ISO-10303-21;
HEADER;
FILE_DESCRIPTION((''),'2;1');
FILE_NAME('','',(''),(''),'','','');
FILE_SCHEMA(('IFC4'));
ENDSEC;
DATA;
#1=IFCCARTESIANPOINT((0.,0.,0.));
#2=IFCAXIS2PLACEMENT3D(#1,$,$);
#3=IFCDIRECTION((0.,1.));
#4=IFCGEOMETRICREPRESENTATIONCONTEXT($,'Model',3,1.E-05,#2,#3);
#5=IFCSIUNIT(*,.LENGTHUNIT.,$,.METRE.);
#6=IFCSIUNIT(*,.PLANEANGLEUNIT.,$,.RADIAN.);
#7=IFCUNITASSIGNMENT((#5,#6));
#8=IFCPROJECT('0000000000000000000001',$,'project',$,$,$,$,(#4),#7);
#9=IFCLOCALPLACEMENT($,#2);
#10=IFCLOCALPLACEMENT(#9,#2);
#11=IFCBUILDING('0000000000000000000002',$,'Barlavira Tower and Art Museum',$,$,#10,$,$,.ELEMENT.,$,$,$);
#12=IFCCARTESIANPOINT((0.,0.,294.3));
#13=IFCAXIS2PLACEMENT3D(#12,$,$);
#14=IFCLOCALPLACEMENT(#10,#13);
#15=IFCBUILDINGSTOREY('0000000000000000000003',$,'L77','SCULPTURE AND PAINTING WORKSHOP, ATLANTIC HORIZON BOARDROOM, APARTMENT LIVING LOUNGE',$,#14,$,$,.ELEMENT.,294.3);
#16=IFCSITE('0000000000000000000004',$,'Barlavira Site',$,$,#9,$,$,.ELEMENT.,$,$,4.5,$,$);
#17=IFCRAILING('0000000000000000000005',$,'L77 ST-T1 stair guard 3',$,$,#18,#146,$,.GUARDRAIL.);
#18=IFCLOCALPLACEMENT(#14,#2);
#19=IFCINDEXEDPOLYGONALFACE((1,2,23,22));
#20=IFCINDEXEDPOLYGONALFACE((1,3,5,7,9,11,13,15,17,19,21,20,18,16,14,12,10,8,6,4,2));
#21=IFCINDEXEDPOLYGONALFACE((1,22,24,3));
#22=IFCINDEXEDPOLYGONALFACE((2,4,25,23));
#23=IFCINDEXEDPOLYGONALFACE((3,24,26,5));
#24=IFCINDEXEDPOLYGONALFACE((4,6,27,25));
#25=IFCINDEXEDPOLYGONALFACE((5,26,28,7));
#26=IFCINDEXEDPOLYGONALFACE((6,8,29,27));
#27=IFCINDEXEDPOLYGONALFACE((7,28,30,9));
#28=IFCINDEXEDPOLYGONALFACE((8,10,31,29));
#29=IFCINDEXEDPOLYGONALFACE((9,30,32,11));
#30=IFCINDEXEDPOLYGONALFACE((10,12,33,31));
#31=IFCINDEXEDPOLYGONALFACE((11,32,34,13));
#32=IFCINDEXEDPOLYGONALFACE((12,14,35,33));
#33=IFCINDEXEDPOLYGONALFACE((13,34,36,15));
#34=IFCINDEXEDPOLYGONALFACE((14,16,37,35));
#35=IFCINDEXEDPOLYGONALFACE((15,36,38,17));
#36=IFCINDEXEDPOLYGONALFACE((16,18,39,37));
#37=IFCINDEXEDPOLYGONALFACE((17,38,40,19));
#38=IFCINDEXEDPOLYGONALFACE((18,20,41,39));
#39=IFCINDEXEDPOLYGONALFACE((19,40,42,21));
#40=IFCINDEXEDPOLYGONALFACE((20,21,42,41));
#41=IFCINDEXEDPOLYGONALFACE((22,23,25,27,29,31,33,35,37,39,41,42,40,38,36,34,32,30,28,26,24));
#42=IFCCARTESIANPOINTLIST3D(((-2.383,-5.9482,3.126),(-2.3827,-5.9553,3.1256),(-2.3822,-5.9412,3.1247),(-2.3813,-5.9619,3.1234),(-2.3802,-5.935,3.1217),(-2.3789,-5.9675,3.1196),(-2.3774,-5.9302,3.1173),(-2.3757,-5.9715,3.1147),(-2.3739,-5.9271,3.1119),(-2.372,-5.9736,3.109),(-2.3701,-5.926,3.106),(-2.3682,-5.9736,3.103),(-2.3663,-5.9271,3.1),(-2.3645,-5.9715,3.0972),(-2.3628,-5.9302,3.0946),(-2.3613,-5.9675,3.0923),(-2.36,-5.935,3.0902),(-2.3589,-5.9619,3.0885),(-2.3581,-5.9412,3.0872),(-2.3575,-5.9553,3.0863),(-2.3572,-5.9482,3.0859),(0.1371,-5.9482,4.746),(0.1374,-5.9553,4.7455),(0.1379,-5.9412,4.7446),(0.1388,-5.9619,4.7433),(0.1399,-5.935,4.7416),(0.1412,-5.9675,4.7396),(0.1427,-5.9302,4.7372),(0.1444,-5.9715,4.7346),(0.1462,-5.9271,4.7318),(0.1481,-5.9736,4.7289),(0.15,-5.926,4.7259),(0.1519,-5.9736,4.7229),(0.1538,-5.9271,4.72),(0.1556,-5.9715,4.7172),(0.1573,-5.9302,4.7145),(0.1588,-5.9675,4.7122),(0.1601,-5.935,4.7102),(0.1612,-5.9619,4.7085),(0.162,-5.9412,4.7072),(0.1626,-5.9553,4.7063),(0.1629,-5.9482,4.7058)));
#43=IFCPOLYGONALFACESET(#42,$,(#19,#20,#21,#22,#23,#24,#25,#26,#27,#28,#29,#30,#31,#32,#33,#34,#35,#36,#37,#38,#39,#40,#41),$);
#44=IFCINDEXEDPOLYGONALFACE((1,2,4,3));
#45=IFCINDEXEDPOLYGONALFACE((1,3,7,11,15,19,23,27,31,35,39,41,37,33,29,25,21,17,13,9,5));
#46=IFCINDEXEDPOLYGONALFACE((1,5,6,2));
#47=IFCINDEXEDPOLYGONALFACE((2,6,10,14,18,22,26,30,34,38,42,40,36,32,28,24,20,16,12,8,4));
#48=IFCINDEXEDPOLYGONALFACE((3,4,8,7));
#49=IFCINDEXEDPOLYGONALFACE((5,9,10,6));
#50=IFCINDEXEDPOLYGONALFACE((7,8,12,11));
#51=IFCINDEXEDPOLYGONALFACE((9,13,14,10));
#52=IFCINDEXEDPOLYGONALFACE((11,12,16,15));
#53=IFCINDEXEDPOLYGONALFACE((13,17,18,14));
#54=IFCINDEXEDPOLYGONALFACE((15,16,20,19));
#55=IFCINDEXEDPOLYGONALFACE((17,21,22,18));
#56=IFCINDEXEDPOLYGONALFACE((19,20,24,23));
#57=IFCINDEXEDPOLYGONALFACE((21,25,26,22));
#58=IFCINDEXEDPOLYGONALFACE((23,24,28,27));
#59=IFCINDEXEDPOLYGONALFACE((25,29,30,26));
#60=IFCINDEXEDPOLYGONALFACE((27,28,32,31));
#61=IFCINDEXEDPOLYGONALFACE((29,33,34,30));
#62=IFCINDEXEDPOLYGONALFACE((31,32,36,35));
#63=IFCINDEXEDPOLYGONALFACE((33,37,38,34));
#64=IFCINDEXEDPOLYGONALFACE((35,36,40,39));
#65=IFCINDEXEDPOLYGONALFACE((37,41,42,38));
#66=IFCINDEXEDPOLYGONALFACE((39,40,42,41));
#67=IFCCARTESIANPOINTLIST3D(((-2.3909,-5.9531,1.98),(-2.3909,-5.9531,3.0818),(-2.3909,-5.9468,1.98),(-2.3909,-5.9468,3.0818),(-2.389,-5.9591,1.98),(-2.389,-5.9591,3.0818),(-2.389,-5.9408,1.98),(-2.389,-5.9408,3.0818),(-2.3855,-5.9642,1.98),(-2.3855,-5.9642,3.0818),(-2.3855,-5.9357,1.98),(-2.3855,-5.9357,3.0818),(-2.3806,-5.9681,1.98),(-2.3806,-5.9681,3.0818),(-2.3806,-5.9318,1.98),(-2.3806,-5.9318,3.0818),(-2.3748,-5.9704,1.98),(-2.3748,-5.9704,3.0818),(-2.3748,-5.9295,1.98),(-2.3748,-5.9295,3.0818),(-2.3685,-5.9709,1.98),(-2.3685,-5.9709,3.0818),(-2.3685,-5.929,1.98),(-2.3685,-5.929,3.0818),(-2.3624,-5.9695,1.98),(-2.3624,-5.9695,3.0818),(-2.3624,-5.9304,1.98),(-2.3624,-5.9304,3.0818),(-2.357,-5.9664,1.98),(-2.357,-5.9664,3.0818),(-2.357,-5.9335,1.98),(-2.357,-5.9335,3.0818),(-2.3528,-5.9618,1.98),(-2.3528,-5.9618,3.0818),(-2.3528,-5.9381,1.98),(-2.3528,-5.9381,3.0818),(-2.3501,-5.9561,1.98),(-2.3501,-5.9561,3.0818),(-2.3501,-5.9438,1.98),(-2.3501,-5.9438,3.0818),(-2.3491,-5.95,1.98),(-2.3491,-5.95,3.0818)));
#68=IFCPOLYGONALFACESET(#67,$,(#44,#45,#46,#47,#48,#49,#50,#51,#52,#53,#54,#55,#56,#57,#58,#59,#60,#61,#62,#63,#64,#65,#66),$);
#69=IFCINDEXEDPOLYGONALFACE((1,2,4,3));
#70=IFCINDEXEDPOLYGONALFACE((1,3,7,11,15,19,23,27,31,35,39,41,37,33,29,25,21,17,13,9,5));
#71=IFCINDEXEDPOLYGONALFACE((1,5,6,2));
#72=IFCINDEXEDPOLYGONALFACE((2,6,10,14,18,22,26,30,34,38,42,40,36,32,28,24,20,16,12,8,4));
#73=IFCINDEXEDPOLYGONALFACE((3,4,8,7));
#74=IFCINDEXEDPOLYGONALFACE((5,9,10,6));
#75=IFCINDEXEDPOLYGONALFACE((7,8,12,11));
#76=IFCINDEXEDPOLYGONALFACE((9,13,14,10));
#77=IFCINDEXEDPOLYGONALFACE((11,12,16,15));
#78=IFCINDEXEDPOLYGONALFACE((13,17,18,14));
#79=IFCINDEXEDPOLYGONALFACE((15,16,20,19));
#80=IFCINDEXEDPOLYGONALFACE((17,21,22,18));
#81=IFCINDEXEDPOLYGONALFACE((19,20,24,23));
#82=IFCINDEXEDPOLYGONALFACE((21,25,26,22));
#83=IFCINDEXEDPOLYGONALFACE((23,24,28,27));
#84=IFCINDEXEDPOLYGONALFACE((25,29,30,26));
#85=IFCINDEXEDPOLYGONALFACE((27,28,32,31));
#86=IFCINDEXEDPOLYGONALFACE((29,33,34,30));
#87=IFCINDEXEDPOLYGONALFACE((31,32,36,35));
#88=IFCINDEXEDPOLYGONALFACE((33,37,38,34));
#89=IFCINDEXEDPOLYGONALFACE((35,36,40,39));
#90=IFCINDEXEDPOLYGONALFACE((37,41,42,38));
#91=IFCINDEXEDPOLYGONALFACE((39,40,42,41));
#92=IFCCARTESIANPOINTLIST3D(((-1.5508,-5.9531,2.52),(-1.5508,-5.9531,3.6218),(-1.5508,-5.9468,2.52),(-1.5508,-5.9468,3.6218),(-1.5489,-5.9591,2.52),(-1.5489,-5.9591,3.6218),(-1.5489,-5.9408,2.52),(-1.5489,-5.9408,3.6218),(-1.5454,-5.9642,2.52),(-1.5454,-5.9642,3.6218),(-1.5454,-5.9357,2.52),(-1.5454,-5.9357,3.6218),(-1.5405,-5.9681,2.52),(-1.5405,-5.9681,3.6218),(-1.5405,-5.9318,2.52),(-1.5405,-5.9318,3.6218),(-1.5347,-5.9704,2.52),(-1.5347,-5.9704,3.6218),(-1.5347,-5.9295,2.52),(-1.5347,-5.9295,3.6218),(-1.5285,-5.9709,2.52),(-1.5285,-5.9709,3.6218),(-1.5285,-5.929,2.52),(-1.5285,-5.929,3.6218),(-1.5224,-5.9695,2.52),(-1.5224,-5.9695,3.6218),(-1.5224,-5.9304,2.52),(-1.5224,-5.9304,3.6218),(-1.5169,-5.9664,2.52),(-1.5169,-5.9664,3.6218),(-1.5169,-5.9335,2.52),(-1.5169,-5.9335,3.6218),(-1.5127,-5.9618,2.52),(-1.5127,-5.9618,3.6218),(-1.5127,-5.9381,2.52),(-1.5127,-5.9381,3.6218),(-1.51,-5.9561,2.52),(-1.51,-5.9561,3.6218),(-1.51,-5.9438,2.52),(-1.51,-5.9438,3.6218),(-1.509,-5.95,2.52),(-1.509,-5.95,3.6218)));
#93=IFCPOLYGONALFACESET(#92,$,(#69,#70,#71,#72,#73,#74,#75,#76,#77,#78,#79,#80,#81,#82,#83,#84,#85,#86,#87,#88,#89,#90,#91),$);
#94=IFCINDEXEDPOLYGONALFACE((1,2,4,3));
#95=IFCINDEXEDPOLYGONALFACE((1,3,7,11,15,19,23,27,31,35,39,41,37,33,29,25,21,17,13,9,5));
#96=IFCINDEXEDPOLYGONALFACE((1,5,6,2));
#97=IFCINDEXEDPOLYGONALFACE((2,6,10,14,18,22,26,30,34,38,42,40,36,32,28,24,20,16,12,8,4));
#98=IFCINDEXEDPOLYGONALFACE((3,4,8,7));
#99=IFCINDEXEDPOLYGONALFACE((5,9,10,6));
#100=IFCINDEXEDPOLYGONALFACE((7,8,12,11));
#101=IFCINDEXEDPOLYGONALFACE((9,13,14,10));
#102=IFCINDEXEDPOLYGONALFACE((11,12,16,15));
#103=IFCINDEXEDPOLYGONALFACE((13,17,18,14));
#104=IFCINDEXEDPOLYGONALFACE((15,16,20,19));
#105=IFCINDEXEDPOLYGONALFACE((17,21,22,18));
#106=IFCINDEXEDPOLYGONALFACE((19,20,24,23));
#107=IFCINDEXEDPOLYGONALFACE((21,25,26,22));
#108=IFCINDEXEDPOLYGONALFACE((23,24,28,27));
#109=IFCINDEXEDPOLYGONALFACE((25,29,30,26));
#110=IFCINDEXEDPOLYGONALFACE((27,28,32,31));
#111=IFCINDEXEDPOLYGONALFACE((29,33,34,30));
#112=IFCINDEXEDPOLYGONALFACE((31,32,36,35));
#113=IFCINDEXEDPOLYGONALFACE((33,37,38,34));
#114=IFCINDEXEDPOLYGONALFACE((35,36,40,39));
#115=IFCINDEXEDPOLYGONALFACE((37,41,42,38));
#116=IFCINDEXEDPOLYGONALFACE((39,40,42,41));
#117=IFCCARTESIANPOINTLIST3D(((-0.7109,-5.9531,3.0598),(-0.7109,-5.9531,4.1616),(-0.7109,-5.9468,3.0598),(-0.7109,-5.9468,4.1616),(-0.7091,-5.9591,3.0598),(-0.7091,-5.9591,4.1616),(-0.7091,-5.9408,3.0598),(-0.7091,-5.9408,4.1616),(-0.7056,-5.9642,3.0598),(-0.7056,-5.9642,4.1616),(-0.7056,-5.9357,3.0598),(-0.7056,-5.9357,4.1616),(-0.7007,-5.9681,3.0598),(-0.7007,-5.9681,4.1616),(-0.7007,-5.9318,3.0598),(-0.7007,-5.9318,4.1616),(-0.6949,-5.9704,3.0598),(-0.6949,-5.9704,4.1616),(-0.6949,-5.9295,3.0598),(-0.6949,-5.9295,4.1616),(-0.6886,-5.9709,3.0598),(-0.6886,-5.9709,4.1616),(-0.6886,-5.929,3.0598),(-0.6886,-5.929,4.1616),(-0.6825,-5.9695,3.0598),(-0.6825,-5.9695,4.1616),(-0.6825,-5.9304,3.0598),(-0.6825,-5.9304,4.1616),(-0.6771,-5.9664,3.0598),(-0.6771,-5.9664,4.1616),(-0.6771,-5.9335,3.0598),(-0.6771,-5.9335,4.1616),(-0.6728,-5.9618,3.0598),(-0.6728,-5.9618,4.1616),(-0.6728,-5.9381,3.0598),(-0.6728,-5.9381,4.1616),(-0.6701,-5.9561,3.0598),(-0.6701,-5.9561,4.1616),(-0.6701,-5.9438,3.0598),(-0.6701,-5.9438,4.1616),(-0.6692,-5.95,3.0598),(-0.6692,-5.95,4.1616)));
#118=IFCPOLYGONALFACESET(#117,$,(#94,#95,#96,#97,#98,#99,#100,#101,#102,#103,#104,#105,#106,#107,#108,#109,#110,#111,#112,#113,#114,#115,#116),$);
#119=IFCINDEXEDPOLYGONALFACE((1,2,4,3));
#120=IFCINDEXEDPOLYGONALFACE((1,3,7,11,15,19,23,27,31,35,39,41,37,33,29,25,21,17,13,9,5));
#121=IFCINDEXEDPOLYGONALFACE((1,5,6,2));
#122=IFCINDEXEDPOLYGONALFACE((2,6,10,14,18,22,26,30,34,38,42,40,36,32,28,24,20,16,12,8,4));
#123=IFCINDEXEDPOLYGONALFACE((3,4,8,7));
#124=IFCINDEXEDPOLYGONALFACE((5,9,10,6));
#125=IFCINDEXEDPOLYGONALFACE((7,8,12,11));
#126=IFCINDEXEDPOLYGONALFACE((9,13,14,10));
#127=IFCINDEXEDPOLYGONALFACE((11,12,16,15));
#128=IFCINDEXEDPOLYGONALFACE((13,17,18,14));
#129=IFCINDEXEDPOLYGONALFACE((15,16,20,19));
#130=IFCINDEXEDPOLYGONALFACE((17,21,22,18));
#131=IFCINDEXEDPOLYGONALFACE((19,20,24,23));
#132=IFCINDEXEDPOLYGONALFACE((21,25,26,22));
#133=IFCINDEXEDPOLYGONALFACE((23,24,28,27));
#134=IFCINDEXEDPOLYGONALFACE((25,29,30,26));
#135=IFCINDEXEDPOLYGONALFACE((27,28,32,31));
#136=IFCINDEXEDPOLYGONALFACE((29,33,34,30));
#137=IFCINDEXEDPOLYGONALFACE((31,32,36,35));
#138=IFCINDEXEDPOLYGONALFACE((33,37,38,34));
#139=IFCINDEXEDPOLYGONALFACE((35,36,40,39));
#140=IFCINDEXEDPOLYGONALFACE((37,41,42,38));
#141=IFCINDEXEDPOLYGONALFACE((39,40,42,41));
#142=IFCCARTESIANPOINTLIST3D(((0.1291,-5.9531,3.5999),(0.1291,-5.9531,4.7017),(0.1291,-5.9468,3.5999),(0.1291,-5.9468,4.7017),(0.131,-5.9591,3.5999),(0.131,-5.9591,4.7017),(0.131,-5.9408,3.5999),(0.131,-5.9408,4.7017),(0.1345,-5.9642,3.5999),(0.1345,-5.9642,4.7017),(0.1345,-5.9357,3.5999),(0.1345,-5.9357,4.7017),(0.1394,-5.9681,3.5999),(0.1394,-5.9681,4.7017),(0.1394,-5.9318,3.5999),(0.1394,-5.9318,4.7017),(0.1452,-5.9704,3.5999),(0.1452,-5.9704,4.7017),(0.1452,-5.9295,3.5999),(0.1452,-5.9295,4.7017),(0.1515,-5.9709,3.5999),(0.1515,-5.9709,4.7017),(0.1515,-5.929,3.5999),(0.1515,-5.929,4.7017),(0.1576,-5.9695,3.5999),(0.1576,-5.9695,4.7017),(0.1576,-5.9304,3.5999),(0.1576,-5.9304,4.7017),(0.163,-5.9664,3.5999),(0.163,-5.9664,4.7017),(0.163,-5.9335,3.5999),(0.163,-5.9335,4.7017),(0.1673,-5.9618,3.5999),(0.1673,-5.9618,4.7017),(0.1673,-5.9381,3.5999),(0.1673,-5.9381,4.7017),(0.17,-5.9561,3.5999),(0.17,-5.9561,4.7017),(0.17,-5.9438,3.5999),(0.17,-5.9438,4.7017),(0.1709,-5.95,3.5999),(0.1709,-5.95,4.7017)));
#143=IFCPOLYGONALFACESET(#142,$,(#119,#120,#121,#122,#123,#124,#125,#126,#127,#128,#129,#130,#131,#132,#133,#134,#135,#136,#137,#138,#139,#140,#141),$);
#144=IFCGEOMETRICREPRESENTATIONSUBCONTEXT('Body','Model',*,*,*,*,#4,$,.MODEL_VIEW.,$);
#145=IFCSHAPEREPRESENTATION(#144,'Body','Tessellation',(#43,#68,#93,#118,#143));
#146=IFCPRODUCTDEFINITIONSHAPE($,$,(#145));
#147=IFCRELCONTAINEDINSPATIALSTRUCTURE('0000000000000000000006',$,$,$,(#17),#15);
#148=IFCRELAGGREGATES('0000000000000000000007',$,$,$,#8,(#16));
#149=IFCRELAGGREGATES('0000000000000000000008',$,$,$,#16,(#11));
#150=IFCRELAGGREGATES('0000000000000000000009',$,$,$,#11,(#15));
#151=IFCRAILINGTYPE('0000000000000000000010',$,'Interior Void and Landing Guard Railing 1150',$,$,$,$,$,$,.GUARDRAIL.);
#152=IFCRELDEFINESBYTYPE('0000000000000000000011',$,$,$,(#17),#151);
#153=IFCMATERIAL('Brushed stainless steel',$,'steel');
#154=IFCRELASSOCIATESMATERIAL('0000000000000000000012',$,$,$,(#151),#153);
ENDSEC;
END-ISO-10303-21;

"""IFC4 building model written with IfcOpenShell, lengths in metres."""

from ifc_helpers import new_model, si_unit, direction, frame, origin, origin_2d, place, context, subcontext, project, spatial, circle, extrude, material, type_object, element, save


model = new_model("IFC4")

# Units and contexts
model_context = context("Model", 3, precision=1e-05, world=origin(), true_north=direction((0.0, 1.0)))
body_context = subcontext(model_context, "Body", "Model", "MODEL_VIEW")
ifc_project = project(units=[si_unit("LENGTHUNIT", "METRE"), si_unit("PLANEANGLEUNIT", "RADIAN")], contexts=[model_context])

# Site, building, storey
site_placement = place(None, origin())
site = spatial("IfcSite", under=ifc_project, at=site_placement, Name="Barlavira Site", CompositionType="ELEMENT", RefElevation=4.5)
building_placement = place(site_placement, origin())
building = spatial("IfcBuilding", under=site, at=building_placement, Name="Barlavira Tower and Art Museum", CompositionType="ELEMENT")
storey_placement = place(building_placement, frame((0.0, 0.0, 294.3)))
storey = spatial("IfcBuildingStorey", under=building, at=storey_placement, Name="L77", Description="SCULPTURE AND PAINTING WORKSHOP, ATLANTIC HORIZON BOARDROOM, APARTMENT LIVING LOUNGE", CompositionType="ELEMENT", Elevation=294.3)

# Shared definitions
ifc_material_1 = material(Name="Brushed stainless steel", Category="steel")

# Railing
railing_type_1 = type_object("IfcRailingType", Name="Interior Void and Landing Guard Railing 1150", PredefinedType="GUARDRAIL", material=ifc_material_1)
railing_1_placement = place(storey_placement, frame((-2.3701, -5.95, 1.98)))
element("IfcRailing", 1, at=railing_1_placement, inside=storey, type_object=railing_type_1, Name="L77 ST-T1 stair guard 3", PredefinedType="GUARDRAIL", context=body_context, shape_type="SweptSolid", body=[
    extrude(circle(Radius=0.0239, at=origin_2d()), frame((0.0, 0.0, 1.126), z_axis=(0.8412, 0.0, 0.540725), x_axis=(0.0, 1.0, 0.0)), (0.0, 0.0, 1.0), 2.9958),
    extrude(circle(Radius=0.021, at=origin_2d()), origin(), (0.0, 0.0, 1.0), 1.1018),
    extrude(circle(Radius=0.021, at=origin_2d()), frame((0.8401, 0.0, 0.54)), (0.0, 0.0, 1.0), 1.1018),
    extrude(circle(Radius=0.021, at=origin_2d()), frame((1.6799, 0.0, 1.0798)), (0.0, 0.0, 1.0), 1.1018),
    extrude(circle(Radius=0.021, at=origin_2d()), frame((2.52, 0.0, 1.6199)), (0.0, 0.0, 1.0), 1.1018),
])

save(model, "model.ifc")
